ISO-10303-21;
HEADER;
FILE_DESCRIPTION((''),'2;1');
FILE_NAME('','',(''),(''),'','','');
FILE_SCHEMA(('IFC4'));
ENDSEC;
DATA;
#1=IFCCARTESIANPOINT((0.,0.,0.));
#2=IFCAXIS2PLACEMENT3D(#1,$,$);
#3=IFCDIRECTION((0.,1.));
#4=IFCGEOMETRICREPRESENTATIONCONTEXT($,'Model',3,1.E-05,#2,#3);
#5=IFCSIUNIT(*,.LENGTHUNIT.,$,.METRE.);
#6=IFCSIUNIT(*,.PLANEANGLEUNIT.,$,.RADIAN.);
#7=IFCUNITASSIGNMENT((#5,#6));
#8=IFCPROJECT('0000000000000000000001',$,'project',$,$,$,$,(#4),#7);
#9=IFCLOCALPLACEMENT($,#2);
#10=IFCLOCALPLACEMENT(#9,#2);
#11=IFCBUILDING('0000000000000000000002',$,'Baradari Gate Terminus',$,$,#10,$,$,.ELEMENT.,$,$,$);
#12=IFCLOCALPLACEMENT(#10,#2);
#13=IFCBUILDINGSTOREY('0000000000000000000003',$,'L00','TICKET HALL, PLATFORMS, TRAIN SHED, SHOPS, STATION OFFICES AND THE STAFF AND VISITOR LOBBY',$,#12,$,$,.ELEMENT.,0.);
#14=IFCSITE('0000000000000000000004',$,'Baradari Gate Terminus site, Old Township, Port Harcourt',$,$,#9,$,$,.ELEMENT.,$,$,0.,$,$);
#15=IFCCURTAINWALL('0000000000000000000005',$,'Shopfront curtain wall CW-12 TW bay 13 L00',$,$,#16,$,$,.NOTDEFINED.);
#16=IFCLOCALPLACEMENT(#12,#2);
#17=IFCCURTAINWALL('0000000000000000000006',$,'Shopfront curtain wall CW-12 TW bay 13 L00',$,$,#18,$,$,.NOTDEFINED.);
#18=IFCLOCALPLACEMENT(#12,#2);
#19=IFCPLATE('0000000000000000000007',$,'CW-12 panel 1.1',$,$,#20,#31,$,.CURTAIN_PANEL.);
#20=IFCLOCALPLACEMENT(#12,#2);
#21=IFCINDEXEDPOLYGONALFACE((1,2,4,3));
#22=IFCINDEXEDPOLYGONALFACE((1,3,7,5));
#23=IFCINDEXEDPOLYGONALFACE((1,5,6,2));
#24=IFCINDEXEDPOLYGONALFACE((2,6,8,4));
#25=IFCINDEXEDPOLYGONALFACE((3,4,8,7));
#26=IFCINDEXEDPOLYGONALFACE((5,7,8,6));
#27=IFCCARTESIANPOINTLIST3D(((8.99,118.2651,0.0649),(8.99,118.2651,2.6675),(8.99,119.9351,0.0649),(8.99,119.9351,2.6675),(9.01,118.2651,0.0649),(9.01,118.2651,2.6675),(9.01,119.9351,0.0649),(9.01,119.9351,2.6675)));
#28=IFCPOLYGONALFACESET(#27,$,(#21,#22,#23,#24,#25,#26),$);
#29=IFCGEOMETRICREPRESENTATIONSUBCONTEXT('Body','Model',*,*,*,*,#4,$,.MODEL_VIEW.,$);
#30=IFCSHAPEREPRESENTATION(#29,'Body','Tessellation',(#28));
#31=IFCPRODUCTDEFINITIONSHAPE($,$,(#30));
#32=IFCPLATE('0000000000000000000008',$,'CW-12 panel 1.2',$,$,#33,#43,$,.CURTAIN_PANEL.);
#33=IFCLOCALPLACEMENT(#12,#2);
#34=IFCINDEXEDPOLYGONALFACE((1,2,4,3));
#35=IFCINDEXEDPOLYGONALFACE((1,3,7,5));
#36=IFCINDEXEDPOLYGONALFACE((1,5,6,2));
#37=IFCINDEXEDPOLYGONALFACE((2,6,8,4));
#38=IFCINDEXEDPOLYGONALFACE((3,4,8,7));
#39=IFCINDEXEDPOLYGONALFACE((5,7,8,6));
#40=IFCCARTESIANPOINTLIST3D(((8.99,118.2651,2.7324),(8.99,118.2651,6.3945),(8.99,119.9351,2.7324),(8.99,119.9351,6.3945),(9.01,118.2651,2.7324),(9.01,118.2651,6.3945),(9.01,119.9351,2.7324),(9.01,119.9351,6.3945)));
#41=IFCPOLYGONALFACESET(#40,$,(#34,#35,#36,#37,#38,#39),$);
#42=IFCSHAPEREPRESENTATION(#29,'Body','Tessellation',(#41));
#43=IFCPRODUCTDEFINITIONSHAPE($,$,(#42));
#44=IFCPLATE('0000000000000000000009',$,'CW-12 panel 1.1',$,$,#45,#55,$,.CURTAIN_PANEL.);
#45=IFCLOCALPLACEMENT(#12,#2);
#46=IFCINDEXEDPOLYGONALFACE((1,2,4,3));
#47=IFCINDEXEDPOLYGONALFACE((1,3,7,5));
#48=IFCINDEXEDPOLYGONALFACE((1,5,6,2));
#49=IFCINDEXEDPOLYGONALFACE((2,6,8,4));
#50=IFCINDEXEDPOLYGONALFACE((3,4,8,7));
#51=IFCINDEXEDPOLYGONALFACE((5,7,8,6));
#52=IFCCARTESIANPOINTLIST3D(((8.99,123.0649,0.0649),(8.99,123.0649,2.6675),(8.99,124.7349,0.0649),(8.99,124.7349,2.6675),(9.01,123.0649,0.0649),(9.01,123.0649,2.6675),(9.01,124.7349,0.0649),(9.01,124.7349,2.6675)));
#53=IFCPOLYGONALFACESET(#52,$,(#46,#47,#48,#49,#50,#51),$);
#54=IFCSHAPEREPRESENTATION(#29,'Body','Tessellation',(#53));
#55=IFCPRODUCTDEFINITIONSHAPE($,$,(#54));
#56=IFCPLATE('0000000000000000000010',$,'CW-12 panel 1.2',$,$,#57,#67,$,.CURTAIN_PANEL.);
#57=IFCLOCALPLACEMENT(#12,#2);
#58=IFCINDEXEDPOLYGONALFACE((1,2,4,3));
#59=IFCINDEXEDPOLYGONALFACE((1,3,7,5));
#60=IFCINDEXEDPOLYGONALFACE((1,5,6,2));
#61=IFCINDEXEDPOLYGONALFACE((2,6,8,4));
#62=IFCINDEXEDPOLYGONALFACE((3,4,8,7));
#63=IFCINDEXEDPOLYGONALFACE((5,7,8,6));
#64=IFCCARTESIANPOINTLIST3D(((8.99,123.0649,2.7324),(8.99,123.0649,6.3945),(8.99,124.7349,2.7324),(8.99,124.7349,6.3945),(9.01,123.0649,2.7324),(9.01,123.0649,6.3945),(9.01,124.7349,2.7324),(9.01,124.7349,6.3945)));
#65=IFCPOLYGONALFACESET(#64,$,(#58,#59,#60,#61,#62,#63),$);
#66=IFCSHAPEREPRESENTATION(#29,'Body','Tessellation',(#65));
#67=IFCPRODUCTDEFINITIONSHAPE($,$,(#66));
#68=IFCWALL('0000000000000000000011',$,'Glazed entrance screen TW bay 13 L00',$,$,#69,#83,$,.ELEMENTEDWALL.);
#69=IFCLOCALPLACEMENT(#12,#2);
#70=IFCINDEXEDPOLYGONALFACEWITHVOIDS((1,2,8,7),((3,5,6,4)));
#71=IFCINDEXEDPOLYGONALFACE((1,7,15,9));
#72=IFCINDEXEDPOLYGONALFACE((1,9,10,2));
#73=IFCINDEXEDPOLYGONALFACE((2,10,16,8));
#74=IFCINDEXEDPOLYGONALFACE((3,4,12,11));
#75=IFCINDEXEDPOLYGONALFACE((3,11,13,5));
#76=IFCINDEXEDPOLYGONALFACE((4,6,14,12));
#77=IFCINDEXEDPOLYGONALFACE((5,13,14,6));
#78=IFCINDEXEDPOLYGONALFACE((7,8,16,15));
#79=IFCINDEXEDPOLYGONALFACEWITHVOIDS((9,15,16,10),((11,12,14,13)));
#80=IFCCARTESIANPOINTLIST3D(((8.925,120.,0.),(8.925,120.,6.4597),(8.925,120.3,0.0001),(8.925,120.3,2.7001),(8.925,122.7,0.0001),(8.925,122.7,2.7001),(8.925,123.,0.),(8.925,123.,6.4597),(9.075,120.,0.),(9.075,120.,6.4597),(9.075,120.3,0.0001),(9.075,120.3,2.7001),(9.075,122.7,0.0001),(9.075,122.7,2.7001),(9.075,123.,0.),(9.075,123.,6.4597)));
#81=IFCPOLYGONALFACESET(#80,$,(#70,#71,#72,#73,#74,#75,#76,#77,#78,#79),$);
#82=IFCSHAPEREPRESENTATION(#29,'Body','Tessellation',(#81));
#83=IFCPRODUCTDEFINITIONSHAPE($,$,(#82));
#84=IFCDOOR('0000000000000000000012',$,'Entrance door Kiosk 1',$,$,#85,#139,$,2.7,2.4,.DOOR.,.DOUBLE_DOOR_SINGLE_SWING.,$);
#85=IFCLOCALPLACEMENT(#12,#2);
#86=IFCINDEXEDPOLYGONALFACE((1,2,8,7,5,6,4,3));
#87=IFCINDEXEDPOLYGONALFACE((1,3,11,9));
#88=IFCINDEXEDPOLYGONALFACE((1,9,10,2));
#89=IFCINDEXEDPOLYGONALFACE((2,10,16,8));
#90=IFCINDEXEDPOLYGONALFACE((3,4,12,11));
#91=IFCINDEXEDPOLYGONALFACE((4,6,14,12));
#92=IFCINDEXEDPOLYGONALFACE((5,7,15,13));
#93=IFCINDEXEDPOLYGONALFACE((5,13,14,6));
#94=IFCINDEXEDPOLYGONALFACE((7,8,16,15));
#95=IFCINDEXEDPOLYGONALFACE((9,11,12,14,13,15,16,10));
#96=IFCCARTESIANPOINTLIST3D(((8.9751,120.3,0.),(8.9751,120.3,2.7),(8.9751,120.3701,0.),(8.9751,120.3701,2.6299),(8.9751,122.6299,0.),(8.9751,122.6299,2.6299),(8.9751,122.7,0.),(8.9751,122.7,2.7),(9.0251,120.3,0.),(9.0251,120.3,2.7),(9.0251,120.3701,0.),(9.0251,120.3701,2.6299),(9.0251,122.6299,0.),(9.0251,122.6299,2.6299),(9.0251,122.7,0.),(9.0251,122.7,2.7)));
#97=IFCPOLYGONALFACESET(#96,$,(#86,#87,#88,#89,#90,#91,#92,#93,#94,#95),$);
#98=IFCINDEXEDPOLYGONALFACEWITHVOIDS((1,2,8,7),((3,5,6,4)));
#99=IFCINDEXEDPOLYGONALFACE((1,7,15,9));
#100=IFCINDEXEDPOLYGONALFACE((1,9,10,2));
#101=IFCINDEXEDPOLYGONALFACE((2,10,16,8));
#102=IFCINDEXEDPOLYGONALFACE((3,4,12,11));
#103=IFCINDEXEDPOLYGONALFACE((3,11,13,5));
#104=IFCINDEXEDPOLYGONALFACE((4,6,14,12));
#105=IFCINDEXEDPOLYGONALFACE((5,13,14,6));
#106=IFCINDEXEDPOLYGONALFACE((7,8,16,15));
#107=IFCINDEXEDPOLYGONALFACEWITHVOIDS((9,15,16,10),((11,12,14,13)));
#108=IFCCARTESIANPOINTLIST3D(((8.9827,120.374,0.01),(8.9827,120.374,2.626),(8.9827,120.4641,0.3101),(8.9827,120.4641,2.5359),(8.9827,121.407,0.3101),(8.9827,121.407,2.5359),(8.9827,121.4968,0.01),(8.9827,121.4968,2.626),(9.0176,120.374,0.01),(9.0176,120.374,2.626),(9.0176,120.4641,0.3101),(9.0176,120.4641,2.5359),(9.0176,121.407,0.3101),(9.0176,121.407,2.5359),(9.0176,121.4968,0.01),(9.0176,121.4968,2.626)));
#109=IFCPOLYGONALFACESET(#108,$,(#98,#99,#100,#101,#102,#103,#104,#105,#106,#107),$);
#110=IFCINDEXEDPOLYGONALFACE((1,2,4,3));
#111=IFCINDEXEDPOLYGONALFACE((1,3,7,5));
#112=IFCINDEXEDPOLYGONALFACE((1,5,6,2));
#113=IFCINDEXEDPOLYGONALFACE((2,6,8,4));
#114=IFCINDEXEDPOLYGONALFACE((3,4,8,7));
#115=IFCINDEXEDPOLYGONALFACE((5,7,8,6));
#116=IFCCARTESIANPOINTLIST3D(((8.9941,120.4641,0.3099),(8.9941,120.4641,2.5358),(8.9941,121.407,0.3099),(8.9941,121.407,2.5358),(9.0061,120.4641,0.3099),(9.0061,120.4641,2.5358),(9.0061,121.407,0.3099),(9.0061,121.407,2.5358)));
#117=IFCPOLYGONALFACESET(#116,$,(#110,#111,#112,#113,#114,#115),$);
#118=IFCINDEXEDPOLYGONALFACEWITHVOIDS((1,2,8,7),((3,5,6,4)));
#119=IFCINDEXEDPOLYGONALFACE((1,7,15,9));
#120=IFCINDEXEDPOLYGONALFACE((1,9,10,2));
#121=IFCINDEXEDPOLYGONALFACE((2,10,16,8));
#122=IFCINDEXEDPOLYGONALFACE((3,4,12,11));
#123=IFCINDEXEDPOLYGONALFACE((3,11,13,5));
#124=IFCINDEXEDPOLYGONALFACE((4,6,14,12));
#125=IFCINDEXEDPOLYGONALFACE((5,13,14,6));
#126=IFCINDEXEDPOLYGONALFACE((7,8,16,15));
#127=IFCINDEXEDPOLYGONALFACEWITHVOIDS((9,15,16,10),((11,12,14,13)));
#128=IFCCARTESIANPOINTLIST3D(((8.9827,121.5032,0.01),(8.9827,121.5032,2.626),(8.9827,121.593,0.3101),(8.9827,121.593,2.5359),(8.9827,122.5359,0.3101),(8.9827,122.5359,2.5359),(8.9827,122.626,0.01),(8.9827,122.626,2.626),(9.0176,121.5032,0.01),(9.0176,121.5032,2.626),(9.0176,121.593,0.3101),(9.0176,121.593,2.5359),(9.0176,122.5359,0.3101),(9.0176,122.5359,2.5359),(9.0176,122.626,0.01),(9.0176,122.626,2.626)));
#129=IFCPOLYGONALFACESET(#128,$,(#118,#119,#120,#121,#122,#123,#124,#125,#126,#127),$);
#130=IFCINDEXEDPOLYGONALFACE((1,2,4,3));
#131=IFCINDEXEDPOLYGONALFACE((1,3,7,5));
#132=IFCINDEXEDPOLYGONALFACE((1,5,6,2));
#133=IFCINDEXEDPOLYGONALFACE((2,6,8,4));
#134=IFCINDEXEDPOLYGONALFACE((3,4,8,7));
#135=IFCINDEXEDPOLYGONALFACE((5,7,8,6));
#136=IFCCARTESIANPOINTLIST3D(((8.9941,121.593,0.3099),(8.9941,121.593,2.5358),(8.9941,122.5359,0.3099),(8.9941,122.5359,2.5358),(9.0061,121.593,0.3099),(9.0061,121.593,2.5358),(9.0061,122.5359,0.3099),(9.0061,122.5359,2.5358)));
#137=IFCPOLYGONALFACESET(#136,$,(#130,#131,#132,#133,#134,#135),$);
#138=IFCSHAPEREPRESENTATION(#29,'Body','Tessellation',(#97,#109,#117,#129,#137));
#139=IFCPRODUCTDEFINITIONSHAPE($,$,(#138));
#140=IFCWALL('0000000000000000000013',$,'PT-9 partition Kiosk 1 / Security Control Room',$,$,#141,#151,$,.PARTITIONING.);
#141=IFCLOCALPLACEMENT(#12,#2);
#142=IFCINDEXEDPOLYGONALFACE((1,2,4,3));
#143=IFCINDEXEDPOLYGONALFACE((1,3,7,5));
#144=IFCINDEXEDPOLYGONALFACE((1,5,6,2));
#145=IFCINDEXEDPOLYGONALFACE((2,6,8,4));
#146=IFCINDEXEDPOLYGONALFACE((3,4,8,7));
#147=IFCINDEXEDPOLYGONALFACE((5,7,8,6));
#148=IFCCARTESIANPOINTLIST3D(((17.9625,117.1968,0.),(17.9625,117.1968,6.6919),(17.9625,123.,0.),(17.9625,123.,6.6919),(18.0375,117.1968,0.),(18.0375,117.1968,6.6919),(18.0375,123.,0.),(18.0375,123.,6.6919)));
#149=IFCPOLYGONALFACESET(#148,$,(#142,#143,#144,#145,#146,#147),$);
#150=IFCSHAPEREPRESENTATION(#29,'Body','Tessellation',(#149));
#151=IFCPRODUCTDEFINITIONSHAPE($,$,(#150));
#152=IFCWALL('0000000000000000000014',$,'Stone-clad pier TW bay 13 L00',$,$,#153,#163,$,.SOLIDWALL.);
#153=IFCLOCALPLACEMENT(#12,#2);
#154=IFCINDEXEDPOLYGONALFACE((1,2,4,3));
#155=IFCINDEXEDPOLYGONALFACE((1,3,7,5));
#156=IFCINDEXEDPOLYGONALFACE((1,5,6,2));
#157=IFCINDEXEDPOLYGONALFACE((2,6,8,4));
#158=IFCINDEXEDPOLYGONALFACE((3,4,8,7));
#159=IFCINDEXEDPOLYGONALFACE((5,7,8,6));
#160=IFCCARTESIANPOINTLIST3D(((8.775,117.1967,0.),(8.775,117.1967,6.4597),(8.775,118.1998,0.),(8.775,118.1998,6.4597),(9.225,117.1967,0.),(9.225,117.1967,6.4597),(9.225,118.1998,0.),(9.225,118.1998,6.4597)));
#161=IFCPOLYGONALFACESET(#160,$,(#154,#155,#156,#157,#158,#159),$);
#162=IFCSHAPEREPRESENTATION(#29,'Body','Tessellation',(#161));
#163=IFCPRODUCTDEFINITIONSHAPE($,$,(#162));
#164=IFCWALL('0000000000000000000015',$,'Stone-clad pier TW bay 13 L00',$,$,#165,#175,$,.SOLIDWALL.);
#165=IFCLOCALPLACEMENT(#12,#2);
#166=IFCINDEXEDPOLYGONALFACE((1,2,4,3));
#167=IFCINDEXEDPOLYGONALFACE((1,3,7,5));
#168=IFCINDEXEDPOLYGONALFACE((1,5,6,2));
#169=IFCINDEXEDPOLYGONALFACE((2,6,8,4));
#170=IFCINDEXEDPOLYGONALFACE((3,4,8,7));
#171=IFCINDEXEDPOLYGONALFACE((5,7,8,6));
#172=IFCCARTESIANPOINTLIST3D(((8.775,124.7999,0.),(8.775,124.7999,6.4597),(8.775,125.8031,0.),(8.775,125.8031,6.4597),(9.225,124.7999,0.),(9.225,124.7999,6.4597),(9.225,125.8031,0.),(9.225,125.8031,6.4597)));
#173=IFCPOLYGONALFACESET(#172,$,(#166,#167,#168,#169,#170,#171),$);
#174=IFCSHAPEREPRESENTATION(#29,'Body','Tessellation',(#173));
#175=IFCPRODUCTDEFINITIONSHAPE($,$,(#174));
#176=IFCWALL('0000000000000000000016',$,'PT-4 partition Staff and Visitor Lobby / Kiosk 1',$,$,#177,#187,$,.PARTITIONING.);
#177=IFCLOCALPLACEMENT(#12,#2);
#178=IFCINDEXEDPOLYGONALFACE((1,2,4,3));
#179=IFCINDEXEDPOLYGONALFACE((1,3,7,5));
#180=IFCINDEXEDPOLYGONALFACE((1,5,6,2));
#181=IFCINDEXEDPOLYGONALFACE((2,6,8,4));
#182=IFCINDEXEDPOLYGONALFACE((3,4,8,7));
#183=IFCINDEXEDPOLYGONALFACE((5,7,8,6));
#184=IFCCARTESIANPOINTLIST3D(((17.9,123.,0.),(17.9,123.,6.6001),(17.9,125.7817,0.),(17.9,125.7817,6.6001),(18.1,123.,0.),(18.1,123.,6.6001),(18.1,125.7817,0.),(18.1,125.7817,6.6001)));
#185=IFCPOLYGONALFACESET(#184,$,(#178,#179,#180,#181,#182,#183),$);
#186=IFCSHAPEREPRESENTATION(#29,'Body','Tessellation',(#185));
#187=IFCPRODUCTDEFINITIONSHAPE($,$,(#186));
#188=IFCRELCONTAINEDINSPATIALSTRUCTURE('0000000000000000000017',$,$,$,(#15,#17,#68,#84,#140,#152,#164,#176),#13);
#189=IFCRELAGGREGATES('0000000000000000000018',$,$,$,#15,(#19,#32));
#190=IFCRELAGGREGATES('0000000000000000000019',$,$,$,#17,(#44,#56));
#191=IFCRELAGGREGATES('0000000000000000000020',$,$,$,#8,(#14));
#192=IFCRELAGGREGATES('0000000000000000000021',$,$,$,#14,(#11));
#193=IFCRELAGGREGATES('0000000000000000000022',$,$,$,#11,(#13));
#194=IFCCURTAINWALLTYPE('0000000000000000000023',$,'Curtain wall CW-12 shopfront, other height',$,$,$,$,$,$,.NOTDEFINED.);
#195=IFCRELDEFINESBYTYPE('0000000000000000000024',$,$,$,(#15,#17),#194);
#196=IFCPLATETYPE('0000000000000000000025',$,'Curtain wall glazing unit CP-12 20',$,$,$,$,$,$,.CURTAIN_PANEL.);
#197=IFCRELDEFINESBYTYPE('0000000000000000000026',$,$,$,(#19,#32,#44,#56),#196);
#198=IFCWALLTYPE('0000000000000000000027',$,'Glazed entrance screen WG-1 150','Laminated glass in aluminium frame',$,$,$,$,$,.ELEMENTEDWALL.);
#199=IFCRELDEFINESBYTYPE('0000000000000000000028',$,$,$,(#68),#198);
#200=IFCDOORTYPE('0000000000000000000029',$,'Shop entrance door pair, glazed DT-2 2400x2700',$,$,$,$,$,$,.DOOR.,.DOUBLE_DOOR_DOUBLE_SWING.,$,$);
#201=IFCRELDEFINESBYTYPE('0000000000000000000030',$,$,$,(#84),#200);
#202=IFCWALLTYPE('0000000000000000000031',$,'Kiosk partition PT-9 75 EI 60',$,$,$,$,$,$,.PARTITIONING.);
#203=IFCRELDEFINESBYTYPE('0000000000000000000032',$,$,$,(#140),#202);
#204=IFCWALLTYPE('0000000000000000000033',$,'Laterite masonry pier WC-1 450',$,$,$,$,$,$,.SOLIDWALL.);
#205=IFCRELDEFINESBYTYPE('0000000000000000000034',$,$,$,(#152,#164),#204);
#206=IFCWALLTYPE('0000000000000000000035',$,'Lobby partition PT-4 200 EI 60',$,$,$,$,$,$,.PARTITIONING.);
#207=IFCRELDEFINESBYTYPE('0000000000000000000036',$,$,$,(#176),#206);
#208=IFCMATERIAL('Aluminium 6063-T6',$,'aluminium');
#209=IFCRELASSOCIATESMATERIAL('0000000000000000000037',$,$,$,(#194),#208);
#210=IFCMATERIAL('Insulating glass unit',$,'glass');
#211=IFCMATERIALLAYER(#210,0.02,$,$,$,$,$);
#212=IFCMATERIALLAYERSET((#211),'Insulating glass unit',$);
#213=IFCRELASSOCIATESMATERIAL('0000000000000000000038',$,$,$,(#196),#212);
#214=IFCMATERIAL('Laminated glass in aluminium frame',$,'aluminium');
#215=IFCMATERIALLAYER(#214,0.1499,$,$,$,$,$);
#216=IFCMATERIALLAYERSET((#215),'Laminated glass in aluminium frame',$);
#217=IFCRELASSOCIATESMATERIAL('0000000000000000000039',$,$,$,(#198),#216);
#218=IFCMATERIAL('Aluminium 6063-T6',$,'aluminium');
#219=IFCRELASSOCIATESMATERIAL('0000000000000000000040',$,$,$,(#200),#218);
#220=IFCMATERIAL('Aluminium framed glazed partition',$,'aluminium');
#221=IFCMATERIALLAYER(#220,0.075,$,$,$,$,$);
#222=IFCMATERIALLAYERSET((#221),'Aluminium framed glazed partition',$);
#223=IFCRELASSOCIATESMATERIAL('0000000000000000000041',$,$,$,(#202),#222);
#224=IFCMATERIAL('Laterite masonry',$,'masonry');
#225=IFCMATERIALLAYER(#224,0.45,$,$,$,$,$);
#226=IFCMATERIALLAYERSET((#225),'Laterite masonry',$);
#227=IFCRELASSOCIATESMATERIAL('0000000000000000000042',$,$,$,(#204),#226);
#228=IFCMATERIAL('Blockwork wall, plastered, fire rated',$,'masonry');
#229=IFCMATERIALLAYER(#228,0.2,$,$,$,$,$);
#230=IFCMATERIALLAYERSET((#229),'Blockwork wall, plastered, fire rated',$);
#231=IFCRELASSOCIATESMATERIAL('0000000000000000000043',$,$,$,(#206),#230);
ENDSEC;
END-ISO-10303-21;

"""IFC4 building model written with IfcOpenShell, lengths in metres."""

from ifc_helpers import new_model, si_unit, direction, frame, frame_2d, origin, origin_2d, place, context, subcontext, project, spatial, polyline, rectangle, outline, extrude, material, layer, layer_set, type_object, element, fill, aggregate, save


model = new_model("IFC4")

# Units and contexts
model_context = context("Model", 3, precision=1e-05, world=origin(), true_north=direction((0.0, 1.0)))
body_context = subcontext(model_context, "Body", "Model", "MODEL_VIEW")
ifc_project = project(units=[si_unit("LENGTHUNIT", "METRE"), si_unit("PLANEANGLEUNIT", "RADIAN")], contexts=[model_context])

# Site, building, storey
site_placement = place(None, origin())
site = spatial("IfcSite", under=ifc_project, at=site_placement, Name="Baradari Gate Terminus site, Old Township, Port Harcourt", CompositionType="ELEMENT", RefElevation=0.0)
building_placement = place(site_placement, origin())
building = spatial("IfcBuilding", under=site, at=building_placement, Name="Baradari Gate Terminus", CompositionType="ELEMENT")
storey_placement = place(building_placement, origin())
storey = spatial("IfcBuildingStorey", under=building, at=storey_placement, Name="L00", Description="TICKET HALL, PLATFORMS, TRAIN SHED, SHOPS, STATION OFFICES AND THE STAFF AND VISITOR LOBBY", CompositionType="ELEMENT", Elevation=0.0)

# Curtain walls
ifc_material_1 = material(Name="Aluminium 6063-T6", Category="aluminium")
curtain_wall_type = type_object("IfcCurtainWallType", Name="Curtain wall CW-12 shopfront, other height", PredefinedType="NOTDEFINED", material=ifc_material_1)
curtain_wall_1_placement = place(storey_placement, origin())
curtain_wall_1 = element("IfcCurtainWall", 1, at=curtain_wall_1_placement, inside=storey, type_object=curtain_wall_type, Name="Shopfront curtain wall CW-12 TW bay 13 L00", PredefinedType="NOTDEFINED")
curtain_wall_2_placement = place(storey_placement, origin())
curtain_wall_2 = element("IfcCurtainWall", 2, at=curtain_wall_2_placement, inside=storey, type_object=curtain_wall_type, Name="Shopfront curtain wall CW-12 TW bay 13 L00", PredefinedType="NOTDEFINED")

# Plates
ifc_material_2 = material(Name="Insulating glass unit", Category="glass")
ifc_layer_1 = layer(ifc_material_2, 0.02)
ifc_layer_set_1 = layer_set([ifc_layer_1], Name="Insulating glass unit")
plate_type = type_object("IfcPlateType", Name="Curtain wall glazing unit CP-12 20", PredefinedType="CURTAIN_PANEL", material=ifc_layer_set_1)
plate_1_placement = place(storey_placement, frame((9.0, 119.1001, 0.0649), z_axis=(0.0, 0.0, 1.0), x_axis=(0.0, 1.0, 0.0)))
plate_1 = element("IfcPlate", 3, at=plate_1_placement, type_object=plate_type, Name="CW-12 panel 1.1", PredefinedType="CURTAIN_PANEL", context=body_context, shape_type="SweptSolid", body=[
    extrude(rectangle(XDim=1.6699, YDim=0.02, at=origin_2d()), origin(), (0.0, 0.0, 1.0), 2.6025),
])
plate_2_placement = place(storey_placement, frame((9.0, 119.1001, 2.7324), z_axis=(0.0, 0.0, 1.0), x_axis=(0.0, 1.0, 0.0)))
plate_2 = element("IfcPlate", 4, at=plate_2_placement, type_object=plate_type, Name="CW-12 panel 1.2", PredefinedType="CURTAIN_PANEL", context=body_context, shape_type="SweptSolid", body=[
    extrude(rectangle(XDim=1.6699, YDim=0.02, at=origin_2d()), origin(), (0.0, 0.0, 1.0), 3.6621),
])
aggregate(curtain_wall_1, [plate_1, plate_2])
plate_3_placement = place(storey_placement, frame((9.0, 123.8999, 0.0649), z_axis=(0.0, 0.0, 1.0), x_axis=(0.0, 1.0, 0.0)))
plate_3 = element("IfcPlate", 5, at=plate_3_placement, type_object=plate_type, Name="CW-12 panel 1.1", PredefinedType="CURTAIN_PANEL", context=body_context, shape_type="SweptSolid", body=[
    extrude(rectangle(XDim=1.6699, YDim=0.02, at=origin_2d()), origin(), (0.0, 0.0, 1.0), 2.6025),
])
plate_4_placement = place(storey_placement, frame((9.0, 123.8999, 2.7324), z_axis=(0.0, 0.0, 1.0), x_axis=(0.0, 1.0, 0.0)))
plate_4 = element("IfcPlate", 6, at=plate_4_placement, type_object=plate_type, Name="CW-12 panel 1.2", PredefinedType="CURTAIN_PANEL", context=body_context, shape_type="SweptSolid", body=[
    extrude(rectangle(XDim=1.6699, YDim=0.02, at=origin_2d()), origin(), (0.0, 0.0, 1.0), 3.6621),
])
aggregate(curtain_wall_2, [plate_3, plate_4])

# Wall, opening, door
ifc_material_3 = material(Name="Laminated glass in aluminium frame", Category="aluminium")
ifc_layer_2 = layer(ifc_material_3, 0.1499)
ifc_layer_set_2 = layer_set([ifc_layer_2], Name="Laminated glass in aluminium frame")
wall_type_1 = type_object("IfcWallType", Name="Glazed entrance screen WG-1 150", Description="Laminated glass in aluminium frame", PredefinedType="ELEMENTEDWALL", material=ifc_layer_set_2)
wall_1_placement = place(storey_placement, frame((9.0, 120.0, 0.0), z_axis=(0.0, 0.0, 1.0), x_axis=(0.0, 1.0, 0.0)))
wall_1 = element("IfcWall", 7, at=wall_1_placement, inside=storey, type_object=wall_type_1, Name="Glazed entrance screen TW bay 13 L00", PredefinedType="ELEMENTEDWALL", context=body_context, shape_type="SweptSolid", body=[
    extrude(rectangle(XDim=3.0, YDim=0.1499, at=frame_2d((1.5, 0.0))), origin(), (0.0, 0.0, 1.0), 6.4597),
])
opening_placement = place(wall_1_placement, frame((0.3, 0.0, 0.0)))
opening = element("IfcOpeningElement", 8, at=opening_placement, cuts=wall_1, PredefinedType="OPENING", context=body_context, shape_type="SweptSolid", body=[
    extrude(rectangle(XDim=2.3999, YDim=2.7, at=frame_2d((1.2, 1.3501))), frame((0.0, 0.085, 0.0), z_axis=(0.0, -1.0, 0.0), x_axis=(1.0, 0.0, 0.0)), (0.0, 0.0, 1.0), 0.1699),
])
ifc_material_4 = material(Name="Aluminium 6063-T6", Category="aluminium")
door_type = type_object("IfcDoorType", Name="Shop entrance door pair, glazed DT-2 2400x2700", OperationType="DOUBLE_DOOR_DOUBLE_SWING", PredefinedType="DOOR", material=ifc_material_4)
door_placement = place(opening_placement, origin())
door = element("IfcDoor", 9, at=door_placement, inside=storey, type_object=door_type, Name="Entrance door Kiosk 1", OperationType="DOUBLE_DOOR_SINGLE_SWING", OverallHeight=2.7, OverallWidth=2.4, PredefinedType="DOOR", context=body_context, shape_type="SweptSolid", body=[
    extrude(outline(polyline([(0.0, 0.0), (0.0701, 0.0), (0.0701, 2.6299), (2.3298, 2.6299), (2.3298, 0.0), (2.3999, 0.0), (2.3999, 2.7), (0.0, 2.7), (0.0, 0.0)])), frame((0.0, 0.0249, 0.0), z_axis=(0.0, -1.0, 0.0), x_axis=(1.0, 0.0, 0.0)), (0.0, 0.0, 1.0), 0.05),
    extrude(outline(polyline([(0.074, 0.01), (1.1968, 0.01), (1.1968, 2.626), (0.074, 2.626), (0.074, 0.01)]), holes=[polyline([(0.1641, 0.3101), (1.1069, 0.3101), (1.1069, 2.5359), (0.1641, 2.5359), (0.1641, 0.3101)])]), frame((0.0, 0.0173, 0.0), z_axis=(0.0, -1.0, 0.0), x_axis=(1.0, 0.0, 0.0)), (0.0, 0.0, 1.0), 0.0349),
    extrude(rectangle(XDim=0.9429, YDim=2.2258, at=frame_2d((0.6355, 1.4229))), frame((0.0, 0.0059, 0.0), z_axis=(0.0, -1.0, 0.0), x_axis=(1.0, 0.0, 0.0)), (0.0, 0.0, 1.0), 0.012),
    extrude(outline(polyline([(1.2031, 0.01), (2.3259, 0.01), (2.3259, 2.626), (1.2031, 2.626), (1.2031, 0.01)]), holes=[polyline([(1.293, 0.3101), (2.2358, 0.3101), (2.2358, 2.5359), (1.293, 2.5359), (1.293, 0.3101)])]), frame((0.0, 0.0173, 0.0), z_axis=(0.0, -1.0, 0.0), x_axis=(1.0, 0.0, 0.0)), (0.0, 0.0, 1.0), 0.0349),
    extrude(rectangle(XDim=0.9429, YDim=2.2258, at=frame_2d((1.7644, 1.4229))), frame((0.0, 0.0059, 0.0), z_axis=(0.0, -1.0, 0.0), x_axis=(1.0, 0.0, 0.0)), (0.0, 0.0, 1.0), 0.012),
])
fill(opening, door)

# Walls
ifc_material_5 = material(Name="Aluminium framed glazed partition", Category="aluminium")
ifc_layer_3 = layer(ifc_material_5, 0.075)
ifc_layer_set_3 = layer_set([ifc_layer_3], Name="Aluminium framed glazed partition")
wall_type_2 = type_object("IfcWallType", Name="Kiosk partition PT-9 75 EI 60", PredefinedType="PARTITIONING", material=ifc_layer_set_3)
wall_2_placement = place(storey_placement, frame((18.0, 123.0, 0.0), z_axis=(0.0, 0.0, 1.0), x_axis=(0.0, -1.0, 0.0)))
element("IfcWall", 10, at=wall_2_placement, inside=storey, type_object=wall_type_2, Name="PT-9 partition Kiosk 1 / Security Control Room", PredefinedType="PARTITIONING", context=body_context, shape_type="SweptSolid", body=[
    extrude(rectangle(XDim=5.8032, YDim=0.075, at=frame_2d((2.9016, 0.0))), origin(), (0.0, 0.0, 1.0), 6.6919),
])
ifc_material_6 = material(Name="Laterite masonry", Category="masonry")
ifc_layer_4 = layer(ifc_material_6, 0.45)
ifc_layer_set_4 = layer_set([ifc_layer_4], Name="Laterite masonry")
wall_type_3 = type_object("IfcWallType", Name="Laterite masonry pier WC-1 450", PredefinedType="SOLIDWALL", material=ifc_layer_set_4)
for number, where, z_axis, x_axis, name in (
    (11, (9.0, 117.1968, 0.0), (0.0, 0.0, 1.0), (0.0, 1.0, 0.0), "Stone-clad pier TW bay 13 L00"),
    (12, (9.0, 124.8, 0.0), (0.0, 0.0, 1.0), (0.0, 1.0, 0.0), "Stone-clad pier TW bay 13 L00"),
):
    element("IfcWall", number, at=place(storey_placement, frame(where, z_axis=z_axis, x_axis=x_axis)), inside=storey, type_object=wall_type_3, Name=name, PredefinedType="SOLIDWALL", context=body_context, shape_type="SweptSolid", body=[
        extrude(rectangle(XDim=1.0032, YDim=0.45, at=frame_2d((0.5015, 0.0))), origin(), (0.0, 0.0, 1.0), 6.4597),
    ])
ifc_material_7 = material(Name="Blockwork wall, plastered, fire rated", Category="masonry")
ifc_layer_5 = layer(ifc_material_7, 0.2)
ifc_layer_set_5 = layer_set([ifc_layer_5], Name="Blockwork wall, plastered, fire rated")
wall_type_4 = type_object("IfcWallType", Name="Lobby partition PT-4 200 EI 60", PredefinedType="PARTITIONING", material=ifc_layer_set_5)
wall_3_placement = place(storey_placement, frame((18.0, 123.0, 0.0), z_axis=(0.0, 0.0, 1.0), x_axis=(0.0, 1.0, 0.0)))
element("IfcWall", 13, at=wall_3_placement, inside=storey, type_object=wall_type_4, Name="PT-4 partition Staff and Visitor Lobby / Kiosk 1", PredefinedType="PARTITIONING", context=body_context, shape_type="SweptSolid", body=[
    extrude(rectangle(XDim=2.7817, YDim=0.2, at=frame_2d((1.3909, 0.0))), origin(), (0.0, 0.0, 1.0), 6.6001),
])

save(model, "model.ifc")
